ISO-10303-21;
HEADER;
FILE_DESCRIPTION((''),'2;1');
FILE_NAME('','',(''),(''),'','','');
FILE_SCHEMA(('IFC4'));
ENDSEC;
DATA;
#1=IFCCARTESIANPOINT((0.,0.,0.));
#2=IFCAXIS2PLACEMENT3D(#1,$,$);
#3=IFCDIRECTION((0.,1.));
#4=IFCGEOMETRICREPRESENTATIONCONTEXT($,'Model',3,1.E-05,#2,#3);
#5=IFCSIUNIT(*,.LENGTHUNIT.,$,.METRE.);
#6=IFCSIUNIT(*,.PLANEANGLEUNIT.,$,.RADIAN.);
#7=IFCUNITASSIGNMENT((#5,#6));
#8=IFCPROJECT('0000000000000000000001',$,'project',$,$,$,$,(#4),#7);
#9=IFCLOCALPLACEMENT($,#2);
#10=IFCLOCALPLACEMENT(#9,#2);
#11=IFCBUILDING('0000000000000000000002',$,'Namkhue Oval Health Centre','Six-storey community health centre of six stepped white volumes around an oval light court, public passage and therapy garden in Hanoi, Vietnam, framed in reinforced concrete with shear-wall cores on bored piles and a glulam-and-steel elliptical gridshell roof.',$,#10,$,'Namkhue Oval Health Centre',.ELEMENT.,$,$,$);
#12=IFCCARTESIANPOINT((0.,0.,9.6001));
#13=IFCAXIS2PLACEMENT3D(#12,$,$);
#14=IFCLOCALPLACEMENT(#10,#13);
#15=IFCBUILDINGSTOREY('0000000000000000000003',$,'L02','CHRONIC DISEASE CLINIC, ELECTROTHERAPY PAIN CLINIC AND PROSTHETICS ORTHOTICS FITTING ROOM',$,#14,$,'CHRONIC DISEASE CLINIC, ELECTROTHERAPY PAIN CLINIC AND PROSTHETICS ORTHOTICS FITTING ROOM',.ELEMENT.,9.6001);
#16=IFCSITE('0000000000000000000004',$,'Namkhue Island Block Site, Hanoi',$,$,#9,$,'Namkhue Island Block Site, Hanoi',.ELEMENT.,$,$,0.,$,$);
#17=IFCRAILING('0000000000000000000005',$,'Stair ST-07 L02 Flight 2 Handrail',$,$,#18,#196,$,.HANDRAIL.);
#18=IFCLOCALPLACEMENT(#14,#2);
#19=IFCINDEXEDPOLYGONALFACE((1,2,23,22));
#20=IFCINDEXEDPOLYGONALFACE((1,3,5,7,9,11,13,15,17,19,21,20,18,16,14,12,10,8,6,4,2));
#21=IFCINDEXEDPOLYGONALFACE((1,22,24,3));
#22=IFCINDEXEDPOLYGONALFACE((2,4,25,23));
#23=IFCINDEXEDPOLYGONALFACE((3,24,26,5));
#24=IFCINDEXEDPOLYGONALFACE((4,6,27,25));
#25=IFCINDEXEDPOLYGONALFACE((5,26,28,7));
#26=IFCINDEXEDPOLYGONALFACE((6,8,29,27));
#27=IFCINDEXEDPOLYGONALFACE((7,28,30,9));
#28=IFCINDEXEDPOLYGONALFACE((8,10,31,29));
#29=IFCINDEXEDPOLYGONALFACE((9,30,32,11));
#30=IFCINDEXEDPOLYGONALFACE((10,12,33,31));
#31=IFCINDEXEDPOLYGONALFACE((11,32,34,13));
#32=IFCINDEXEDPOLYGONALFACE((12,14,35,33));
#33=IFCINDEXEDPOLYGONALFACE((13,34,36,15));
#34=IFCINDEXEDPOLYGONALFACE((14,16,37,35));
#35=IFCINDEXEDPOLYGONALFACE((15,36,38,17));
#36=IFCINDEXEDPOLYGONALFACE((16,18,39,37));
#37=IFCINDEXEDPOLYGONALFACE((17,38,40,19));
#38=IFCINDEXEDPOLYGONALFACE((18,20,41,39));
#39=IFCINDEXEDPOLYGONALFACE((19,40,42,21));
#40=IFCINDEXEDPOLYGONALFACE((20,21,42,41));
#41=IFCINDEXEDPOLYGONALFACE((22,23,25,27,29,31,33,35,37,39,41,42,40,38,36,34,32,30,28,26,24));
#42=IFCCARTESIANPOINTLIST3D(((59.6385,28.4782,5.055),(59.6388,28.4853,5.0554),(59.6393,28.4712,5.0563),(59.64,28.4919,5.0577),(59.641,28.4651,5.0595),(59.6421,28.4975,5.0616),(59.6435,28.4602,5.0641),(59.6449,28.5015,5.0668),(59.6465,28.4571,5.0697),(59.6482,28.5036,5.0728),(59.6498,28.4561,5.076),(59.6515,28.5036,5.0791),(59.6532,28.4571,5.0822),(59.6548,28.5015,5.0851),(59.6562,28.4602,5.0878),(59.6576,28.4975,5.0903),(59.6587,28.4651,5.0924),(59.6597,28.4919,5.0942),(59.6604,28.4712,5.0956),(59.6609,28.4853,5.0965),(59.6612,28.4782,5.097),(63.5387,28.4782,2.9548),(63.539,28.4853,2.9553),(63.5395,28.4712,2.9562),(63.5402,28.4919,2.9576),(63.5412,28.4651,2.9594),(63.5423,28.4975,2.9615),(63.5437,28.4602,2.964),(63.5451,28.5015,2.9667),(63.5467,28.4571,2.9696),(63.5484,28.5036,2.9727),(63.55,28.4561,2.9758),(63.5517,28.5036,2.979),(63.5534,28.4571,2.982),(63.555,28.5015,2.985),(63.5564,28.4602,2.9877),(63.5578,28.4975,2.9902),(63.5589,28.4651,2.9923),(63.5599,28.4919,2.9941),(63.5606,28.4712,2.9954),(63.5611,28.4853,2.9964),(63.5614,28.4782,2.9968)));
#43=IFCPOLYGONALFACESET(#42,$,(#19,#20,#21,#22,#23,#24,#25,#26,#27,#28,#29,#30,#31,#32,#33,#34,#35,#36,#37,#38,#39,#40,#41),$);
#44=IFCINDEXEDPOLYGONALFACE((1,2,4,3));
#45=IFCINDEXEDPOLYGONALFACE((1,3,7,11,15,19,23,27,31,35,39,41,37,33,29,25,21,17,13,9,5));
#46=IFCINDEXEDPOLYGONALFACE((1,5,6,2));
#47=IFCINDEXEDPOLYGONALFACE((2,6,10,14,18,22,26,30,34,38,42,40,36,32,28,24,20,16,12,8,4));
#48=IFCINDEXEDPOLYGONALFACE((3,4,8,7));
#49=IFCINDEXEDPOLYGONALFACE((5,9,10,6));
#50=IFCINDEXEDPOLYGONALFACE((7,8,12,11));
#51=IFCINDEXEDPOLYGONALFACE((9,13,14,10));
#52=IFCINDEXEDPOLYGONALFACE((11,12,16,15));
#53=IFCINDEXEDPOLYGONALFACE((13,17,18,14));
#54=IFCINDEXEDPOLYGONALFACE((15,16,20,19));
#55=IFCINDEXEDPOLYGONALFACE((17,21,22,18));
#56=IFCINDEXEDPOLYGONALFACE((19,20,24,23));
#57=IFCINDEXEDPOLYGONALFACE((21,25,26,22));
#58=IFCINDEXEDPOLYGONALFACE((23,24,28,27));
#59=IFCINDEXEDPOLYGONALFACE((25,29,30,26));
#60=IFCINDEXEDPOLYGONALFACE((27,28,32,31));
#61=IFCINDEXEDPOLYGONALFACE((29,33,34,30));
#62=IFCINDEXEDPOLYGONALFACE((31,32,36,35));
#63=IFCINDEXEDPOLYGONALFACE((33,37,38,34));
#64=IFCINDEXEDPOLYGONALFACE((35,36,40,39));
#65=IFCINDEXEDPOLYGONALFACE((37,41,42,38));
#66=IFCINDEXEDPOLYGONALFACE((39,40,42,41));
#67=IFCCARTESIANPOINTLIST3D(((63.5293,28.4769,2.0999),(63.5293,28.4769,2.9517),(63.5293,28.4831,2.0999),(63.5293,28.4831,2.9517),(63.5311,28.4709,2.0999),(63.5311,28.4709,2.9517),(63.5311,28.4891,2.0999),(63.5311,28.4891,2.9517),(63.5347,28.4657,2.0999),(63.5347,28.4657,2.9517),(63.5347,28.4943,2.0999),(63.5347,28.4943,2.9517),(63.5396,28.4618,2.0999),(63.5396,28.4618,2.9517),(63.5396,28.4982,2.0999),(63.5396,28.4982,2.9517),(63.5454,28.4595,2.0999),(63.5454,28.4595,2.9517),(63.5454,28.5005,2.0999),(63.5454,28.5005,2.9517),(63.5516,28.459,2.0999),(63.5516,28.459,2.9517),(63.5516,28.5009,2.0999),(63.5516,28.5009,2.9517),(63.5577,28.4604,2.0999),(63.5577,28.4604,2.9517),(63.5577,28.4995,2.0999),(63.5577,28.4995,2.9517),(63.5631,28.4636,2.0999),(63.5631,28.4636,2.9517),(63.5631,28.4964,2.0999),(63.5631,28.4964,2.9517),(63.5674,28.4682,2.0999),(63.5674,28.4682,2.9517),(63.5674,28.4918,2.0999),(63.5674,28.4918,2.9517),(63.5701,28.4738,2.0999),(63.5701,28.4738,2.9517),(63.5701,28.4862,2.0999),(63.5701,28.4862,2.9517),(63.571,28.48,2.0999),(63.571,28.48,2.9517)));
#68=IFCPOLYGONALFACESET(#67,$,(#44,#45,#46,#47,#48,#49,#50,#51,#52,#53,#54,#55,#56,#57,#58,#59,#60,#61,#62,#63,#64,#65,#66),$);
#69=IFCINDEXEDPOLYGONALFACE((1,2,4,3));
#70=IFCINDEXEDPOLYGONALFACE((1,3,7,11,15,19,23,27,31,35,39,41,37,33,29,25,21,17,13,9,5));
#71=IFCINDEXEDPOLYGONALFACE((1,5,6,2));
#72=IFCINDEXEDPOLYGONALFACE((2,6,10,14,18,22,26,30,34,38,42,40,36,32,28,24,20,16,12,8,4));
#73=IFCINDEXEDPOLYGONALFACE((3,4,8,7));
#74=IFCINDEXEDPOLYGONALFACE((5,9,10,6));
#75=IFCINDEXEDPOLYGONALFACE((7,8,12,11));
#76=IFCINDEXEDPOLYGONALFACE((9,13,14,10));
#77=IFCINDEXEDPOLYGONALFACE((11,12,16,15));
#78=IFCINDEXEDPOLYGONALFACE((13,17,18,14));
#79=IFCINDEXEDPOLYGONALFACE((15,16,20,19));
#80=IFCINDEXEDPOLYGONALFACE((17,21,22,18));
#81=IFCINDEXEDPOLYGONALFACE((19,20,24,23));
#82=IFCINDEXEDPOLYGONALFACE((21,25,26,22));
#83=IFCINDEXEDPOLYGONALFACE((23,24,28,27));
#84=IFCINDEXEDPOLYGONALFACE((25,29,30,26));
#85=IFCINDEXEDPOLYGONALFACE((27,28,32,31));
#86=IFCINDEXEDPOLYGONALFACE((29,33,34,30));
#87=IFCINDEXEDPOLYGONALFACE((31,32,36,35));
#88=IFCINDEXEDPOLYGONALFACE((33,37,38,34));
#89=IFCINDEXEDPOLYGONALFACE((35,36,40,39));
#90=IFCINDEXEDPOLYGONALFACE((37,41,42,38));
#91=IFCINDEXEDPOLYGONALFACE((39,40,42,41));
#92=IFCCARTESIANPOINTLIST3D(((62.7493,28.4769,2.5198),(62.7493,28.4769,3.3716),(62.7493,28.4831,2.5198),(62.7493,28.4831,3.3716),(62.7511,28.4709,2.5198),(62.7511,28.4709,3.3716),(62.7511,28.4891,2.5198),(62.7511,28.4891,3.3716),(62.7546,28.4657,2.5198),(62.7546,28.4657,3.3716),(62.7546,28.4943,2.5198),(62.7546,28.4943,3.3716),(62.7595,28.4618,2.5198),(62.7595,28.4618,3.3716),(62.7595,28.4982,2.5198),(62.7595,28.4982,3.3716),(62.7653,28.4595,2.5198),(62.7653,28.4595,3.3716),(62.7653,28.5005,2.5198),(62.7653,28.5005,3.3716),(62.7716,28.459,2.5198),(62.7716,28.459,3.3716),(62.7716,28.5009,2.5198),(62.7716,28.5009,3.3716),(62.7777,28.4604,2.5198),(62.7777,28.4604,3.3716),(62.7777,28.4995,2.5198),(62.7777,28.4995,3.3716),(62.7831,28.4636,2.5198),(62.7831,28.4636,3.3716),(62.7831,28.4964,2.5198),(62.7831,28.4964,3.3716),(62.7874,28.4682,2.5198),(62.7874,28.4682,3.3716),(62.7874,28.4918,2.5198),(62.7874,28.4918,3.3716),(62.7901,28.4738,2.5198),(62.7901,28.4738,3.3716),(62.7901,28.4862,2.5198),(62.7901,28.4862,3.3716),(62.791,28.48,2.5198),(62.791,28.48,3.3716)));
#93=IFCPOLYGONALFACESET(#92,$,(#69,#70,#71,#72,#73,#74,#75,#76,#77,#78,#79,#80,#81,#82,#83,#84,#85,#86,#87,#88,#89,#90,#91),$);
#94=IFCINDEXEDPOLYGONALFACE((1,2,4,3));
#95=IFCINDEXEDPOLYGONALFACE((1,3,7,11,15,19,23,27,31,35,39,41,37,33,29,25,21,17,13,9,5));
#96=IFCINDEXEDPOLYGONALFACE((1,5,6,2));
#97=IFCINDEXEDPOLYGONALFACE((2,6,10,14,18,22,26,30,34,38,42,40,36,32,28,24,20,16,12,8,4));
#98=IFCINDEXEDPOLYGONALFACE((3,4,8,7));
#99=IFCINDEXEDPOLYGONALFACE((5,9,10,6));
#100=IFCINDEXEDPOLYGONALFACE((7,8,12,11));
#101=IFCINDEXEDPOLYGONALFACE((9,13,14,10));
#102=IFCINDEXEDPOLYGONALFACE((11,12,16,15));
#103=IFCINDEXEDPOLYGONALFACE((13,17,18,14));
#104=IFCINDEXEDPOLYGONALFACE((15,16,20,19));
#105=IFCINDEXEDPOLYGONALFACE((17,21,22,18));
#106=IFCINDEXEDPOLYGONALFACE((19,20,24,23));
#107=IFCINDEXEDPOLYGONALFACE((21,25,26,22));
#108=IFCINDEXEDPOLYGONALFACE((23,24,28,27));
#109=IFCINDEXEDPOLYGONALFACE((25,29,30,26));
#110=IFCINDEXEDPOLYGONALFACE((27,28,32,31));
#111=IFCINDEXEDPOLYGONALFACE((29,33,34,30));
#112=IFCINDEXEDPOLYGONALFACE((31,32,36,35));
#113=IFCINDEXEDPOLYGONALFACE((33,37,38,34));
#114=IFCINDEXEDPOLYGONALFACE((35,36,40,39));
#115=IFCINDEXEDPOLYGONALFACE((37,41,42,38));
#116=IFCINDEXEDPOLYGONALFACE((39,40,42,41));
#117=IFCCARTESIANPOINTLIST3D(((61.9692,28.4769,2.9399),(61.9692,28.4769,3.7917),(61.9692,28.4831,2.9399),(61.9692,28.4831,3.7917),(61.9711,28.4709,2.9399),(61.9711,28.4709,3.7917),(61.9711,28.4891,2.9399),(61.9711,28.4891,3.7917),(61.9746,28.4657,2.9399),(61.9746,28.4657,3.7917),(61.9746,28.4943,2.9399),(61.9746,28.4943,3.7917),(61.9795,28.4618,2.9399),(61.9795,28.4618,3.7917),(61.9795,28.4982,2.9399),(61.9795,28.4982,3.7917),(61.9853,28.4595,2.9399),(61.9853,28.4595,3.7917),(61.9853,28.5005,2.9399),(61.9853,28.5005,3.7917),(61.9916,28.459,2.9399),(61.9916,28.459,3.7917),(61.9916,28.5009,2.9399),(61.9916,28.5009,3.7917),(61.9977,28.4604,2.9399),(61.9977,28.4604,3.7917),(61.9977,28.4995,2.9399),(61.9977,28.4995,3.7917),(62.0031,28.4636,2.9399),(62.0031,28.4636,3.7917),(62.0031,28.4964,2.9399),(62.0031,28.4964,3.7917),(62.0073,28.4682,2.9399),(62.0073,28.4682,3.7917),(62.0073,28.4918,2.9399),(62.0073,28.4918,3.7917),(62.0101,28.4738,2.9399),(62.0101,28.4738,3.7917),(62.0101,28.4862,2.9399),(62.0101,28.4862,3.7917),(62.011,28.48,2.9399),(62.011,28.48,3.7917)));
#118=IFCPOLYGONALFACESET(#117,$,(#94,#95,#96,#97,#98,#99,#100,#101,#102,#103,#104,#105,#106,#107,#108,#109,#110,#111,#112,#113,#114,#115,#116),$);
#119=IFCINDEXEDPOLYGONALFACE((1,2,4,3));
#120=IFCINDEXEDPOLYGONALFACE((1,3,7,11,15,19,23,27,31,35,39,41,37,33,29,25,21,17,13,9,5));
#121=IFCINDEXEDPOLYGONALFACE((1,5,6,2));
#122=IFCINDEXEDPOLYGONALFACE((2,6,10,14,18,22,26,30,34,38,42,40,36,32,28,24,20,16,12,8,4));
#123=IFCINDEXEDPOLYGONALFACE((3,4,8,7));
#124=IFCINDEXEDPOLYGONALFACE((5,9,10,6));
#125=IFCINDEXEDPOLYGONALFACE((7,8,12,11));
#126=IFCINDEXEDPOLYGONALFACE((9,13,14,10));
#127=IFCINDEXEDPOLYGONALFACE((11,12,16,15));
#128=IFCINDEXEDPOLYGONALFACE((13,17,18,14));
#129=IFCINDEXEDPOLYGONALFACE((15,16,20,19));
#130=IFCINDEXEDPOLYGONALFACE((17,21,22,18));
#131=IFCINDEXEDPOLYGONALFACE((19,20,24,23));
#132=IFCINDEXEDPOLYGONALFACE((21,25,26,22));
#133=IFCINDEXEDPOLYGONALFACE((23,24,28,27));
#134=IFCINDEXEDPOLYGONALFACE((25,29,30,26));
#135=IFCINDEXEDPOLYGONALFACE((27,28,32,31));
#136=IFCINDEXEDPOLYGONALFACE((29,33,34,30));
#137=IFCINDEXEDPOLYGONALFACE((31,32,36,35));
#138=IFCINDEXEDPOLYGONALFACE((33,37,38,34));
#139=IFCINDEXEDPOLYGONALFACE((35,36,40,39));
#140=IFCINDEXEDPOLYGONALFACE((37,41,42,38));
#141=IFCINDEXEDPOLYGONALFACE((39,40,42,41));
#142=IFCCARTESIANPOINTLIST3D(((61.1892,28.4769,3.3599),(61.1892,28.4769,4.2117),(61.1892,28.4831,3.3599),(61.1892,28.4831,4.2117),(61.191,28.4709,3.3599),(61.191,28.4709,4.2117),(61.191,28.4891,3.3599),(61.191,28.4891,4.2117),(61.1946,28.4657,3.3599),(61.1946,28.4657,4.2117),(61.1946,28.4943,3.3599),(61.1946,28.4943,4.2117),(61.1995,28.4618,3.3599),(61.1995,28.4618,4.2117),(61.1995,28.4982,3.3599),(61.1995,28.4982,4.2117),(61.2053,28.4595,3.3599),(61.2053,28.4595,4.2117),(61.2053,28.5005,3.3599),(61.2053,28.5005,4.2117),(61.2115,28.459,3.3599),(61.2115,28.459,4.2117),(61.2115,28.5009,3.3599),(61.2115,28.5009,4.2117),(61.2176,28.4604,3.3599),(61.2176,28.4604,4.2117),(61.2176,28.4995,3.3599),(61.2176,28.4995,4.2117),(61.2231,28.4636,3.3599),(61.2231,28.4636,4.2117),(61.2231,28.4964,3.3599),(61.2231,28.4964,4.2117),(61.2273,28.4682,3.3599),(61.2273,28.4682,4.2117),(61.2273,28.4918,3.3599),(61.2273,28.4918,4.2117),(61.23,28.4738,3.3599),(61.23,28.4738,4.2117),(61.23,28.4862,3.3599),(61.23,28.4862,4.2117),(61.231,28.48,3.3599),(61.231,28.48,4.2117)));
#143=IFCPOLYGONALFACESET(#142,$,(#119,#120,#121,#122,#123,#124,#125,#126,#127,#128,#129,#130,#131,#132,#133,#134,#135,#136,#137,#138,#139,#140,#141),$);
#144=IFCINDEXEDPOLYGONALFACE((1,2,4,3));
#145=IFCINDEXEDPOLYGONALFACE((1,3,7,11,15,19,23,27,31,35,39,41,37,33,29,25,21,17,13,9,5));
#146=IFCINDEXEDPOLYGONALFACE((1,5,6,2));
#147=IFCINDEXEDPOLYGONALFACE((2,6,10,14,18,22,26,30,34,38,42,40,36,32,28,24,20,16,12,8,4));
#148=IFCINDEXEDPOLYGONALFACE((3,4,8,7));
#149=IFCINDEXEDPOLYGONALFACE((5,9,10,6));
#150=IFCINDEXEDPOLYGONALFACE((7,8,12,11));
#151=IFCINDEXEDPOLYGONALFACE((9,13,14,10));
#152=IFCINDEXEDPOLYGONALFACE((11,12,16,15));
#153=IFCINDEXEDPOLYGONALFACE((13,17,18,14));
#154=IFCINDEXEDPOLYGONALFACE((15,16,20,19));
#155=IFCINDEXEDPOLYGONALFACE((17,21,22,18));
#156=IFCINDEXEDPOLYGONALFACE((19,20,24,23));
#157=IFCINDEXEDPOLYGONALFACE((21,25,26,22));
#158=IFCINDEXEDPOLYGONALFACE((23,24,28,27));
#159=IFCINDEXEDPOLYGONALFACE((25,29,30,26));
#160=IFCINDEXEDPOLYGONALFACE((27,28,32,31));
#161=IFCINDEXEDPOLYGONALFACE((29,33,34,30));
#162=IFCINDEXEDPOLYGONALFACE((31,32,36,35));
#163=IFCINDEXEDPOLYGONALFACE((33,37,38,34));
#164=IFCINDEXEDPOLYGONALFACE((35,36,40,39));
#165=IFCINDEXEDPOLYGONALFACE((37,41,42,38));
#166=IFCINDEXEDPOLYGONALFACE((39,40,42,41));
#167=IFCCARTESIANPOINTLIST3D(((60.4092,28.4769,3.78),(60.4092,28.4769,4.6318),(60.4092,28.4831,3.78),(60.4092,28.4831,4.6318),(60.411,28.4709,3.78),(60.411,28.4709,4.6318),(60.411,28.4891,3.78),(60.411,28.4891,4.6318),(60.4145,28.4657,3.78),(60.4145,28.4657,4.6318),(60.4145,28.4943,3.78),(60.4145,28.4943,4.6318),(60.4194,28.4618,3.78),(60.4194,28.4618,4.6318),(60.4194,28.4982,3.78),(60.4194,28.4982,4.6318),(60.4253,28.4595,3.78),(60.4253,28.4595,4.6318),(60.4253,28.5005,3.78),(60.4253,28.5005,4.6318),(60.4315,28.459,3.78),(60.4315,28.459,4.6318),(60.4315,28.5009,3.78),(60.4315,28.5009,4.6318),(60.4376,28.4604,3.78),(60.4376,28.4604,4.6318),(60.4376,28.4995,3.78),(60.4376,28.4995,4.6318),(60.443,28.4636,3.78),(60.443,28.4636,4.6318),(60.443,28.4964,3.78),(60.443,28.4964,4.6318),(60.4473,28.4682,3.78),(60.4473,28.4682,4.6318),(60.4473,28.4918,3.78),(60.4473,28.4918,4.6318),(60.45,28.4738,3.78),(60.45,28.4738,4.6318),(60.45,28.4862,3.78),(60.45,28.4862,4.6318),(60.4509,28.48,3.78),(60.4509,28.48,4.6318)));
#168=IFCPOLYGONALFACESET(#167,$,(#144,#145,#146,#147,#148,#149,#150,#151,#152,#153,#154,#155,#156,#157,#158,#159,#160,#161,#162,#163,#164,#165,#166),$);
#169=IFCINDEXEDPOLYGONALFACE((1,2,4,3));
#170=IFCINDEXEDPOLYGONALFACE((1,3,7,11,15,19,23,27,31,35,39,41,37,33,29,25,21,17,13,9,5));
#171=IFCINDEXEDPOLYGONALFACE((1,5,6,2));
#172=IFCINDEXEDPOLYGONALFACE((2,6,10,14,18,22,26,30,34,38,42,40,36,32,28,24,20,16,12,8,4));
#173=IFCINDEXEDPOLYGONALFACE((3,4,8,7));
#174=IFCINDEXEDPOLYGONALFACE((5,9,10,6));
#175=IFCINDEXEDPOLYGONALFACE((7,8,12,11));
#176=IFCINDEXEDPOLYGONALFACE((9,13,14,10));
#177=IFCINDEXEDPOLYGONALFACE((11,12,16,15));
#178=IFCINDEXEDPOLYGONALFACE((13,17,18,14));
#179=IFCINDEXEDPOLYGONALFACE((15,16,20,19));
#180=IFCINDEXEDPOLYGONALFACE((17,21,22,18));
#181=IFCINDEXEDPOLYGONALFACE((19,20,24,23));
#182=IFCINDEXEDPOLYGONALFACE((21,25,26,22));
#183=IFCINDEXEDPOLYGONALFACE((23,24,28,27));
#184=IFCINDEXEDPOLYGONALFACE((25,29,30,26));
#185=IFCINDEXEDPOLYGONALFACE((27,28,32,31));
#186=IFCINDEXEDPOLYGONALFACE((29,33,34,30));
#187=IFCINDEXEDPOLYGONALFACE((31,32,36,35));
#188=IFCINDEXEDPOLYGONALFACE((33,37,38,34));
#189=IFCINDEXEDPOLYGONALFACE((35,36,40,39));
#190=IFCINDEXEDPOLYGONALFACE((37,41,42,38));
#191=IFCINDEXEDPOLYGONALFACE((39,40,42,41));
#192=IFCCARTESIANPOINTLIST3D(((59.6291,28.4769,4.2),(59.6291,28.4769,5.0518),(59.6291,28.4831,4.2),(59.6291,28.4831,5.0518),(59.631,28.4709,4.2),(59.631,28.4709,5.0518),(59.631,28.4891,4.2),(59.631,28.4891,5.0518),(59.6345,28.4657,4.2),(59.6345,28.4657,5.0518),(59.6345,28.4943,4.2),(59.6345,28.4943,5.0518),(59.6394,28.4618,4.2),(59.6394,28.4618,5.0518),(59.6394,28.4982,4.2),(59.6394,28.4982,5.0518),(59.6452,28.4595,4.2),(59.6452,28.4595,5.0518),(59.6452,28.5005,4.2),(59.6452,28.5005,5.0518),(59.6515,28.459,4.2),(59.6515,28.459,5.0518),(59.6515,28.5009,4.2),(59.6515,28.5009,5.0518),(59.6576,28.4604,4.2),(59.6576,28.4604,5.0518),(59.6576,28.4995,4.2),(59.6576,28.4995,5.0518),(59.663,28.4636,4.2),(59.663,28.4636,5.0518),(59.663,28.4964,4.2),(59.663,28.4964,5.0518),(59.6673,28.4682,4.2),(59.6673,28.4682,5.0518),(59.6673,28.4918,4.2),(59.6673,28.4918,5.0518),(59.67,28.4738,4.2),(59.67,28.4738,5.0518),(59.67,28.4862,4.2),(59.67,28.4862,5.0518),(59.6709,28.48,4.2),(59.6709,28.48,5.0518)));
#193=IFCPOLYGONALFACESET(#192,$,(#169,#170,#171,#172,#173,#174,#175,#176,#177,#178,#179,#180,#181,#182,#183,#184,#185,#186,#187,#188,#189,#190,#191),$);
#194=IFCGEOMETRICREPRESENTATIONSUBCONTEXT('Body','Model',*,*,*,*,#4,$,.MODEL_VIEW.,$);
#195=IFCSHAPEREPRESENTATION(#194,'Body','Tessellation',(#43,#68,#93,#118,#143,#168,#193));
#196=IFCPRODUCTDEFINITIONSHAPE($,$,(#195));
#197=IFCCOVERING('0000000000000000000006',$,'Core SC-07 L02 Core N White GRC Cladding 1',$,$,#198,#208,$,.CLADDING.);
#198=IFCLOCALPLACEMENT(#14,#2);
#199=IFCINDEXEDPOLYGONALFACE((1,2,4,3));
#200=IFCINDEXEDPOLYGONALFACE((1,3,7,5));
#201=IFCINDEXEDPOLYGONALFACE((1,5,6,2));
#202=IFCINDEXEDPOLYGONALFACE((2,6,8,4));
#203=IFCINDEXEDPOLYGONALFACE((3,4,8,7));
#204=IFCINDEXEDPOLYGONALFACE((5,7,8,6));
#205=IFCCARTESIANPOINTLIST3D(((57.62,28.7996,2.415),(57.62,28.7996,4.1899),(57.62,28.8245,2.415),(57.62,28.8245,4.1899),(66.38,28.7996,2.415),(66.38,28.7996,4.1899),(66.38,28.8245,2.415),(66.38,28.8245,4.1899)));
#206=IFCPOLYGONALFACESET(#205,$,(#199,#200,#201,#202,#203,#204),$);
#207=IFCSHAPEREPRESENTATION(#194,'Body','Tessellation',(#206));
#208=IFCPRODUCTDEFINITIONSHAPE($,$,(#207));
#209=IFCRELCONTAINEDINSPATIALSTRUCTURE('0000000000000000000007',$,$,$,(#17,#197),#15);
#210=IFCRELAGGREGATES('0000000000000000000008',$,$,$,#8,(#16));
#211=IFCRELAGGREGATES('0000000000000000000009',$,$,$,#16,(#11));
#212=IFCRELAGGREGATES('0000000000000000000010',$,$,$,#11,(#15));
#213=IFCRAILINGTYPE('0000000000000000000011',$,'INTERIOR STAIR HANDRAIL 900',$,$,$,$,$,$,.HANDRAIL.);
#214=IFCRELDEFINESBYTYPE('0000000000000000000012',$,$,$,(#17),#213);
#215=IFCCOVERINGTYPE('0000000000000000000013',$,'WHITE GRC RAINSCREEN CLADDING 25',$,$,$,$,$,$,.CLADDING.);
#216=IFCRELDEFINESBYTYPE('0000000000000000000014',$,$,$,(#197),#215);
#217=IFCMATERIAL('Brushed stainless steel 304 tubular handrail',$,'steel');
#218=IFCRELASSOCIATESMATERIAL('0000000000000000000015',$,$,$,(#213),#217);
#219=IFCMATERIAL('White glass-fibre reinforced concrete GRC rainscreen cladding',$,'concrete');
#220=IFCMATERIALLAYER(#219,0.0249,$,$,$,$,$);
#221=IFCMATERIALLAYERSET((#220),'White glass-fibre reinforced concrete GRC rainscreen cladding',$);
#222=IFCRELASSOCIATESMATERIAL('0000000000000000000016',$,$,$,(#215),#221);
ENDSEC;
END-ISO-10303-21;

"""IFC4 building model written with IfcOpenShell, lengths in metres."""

from ifc_helpers import new_model, si_unit, direction, frame, origin, origin_2d, place, context, subcontext, project, spatial, rectangle, circle, extrude, material, layer, layer_set, type_object, element, save


model = new_model("IFC4")

# Units and contexts
model_context = context("Model", 3, precision=1e-05, world=origin(), true_north=direction((0.0, 1.0)))
body_context = subcontext(model_context, "Body", "Model", "MODEL_VIEW")
ifc_project = project(units=[si_unit("LENGTHUNIT", "METRE"), si_unit("PLANEANGLEUNIT", "RADIAN")], contexts=[model_context])

# Site, building, storey
site_placement = place(None, origin())
site = spatial("IfcSite", under=ifc_project, at=site_placement, Name="Namkhue Island Block Site, Hanoi", LongName="Namkhue Island Block Site, Hanoi", CompositionType="ELEMENT", RefElevation=0.0)
building_placement = place(site_placement, origin())
building = spatial("IfcBuilding", under=site, at=building_placement, Name="Namkhue Oval Health Centre", Description="Six-storey community health centre of six stepped white volumes around an oval light court, public passage and therapy garden in Hanoi, Vietnam, framed in reinforced concrete with shear-wall cores on bored piles and a glulam-and-steel elliptical gridshell roof.", LongName="Namkhue Oval Health Centre", CompositionType="ELEMENT")
storey_placement = place(building_placement, frame((0.0, 0.0, 9.6001)))
storey = spatial("IfcBuildingStorey", under=building, at=storey_placement, Name="L02", Description="CHRONIC DISEASE CLINIC, ELECTROTHERAPY PAIN CLINIC AND PROSTHETICS ORTHOTICS FITTING ROOM", LongName="CHRONIC DISEASE CLINIC, ELECTROTHERAPY PAIN CLINIC AND PROSTHETICS ORTHOTICS FITTING ROOM", CompositionType="ELEMENT", Elevation=9.6001)

# Railing
ifc_material_1 = material(Name="Brushed stainless steel 304 tubular handrail", Category="steel")
railing_type = type_object("IfcRailingType", Name="INTERIOR STAIR HANDRAIL 900", PredefinedType="HANDRAIL", material=ifc_material_1)
railing_placement = place(storey_placement, frame((63.55, 28.48, 2.0999)))
element("IfcRailing", 1, at=railing_placement, inside=storey, type_object=railing_type, Name="Stair ST-07 L02 Flight 2 Handrail", PredefinedType="HANDRAIL", context=body_context, shape_type="SweptSolid", body=[
    extrude(circle(Radius=0.0239, at=origin_2d()), frame((0.0, 0.0, 0.876), z_axis=(-0.880469, 0.0, 0.474103), x_axis=(0.0, -1.0, 0.0)), (0.0, 0.0, 1.0), 4.4297),
    extrude(circle(Radius=0.021, at=origin_2d()), origin(), (0.0, 0.0, 1.0), 0.8518),
    extrude(circle(Radius=0.021, at=origin_2d()), frame((-0.78, 0.0, 0.4199)), (0.0, 0.0, 1.0), 0.8518),
    extrude(circle(Radius=0.021, at=origin_2d()), frame((-1.5601, 0.0, 0.8401)), (0.0, 0.0, 1.0), 0.8518),
    extrude(circle(Radius=0.021, at=origin_2d()), frame((-2.3401, 0.0, 1.26)), (0.0, 0.0, 1.0), 0.8518),
    extrude(circle(Radius=0.021, at=origin_2d()), frame((-3.1201, 0.0, 1.6802)), (0.0, 0.0, 1.0), 0.8518),
    extrude(circle(Radius=0.021, at=origin_2d()), frame((-3.9001, 0.0, 2.1001)), (0.0, 0.0, 1.0), 0.8518),
])

# Covering
ifc_material_2 = material(Name="White glass-fibre reinforced concrete GRC rainscreen cladding", Category="concrete")
ifc_layer_1 = layer(ifc_material_2, 0.0249)
ifc_layer_set_1 = layer_set([ifc_layer_1], Name="White glass-fibre reinforced concrete GRC rainscreen cladding")
covering_type = type_object("IfcCoveringType", Name="WHITE GRC RAINSCREEN CLADDING 25", PredefinedType="CLADDING", material=ifc_layer_set_1)
covering_1_placement = place(storey_placement, frame((62.0, 28.812, 2.415), z_axis=(0.0, 0.0, 1.0), x_axis=(-1.0, 0.0, 0.0)))
element("IfcCovering", 2, at=covering_1_placement, inside=storey, type_object=covering_type, Name="Core SC-07 L02 Core N White GRC Cladding 1", PredefinedType="CLADDING", context=body_context, shape_type="SweptSolid", body=[
    extrude(rectangle(XDim=8.76, YDim=0.0249, at=origin_2d()), origin(), (0.0, 0.0, 1.0), 1.7749),
])

save(model, "model.ifc")
